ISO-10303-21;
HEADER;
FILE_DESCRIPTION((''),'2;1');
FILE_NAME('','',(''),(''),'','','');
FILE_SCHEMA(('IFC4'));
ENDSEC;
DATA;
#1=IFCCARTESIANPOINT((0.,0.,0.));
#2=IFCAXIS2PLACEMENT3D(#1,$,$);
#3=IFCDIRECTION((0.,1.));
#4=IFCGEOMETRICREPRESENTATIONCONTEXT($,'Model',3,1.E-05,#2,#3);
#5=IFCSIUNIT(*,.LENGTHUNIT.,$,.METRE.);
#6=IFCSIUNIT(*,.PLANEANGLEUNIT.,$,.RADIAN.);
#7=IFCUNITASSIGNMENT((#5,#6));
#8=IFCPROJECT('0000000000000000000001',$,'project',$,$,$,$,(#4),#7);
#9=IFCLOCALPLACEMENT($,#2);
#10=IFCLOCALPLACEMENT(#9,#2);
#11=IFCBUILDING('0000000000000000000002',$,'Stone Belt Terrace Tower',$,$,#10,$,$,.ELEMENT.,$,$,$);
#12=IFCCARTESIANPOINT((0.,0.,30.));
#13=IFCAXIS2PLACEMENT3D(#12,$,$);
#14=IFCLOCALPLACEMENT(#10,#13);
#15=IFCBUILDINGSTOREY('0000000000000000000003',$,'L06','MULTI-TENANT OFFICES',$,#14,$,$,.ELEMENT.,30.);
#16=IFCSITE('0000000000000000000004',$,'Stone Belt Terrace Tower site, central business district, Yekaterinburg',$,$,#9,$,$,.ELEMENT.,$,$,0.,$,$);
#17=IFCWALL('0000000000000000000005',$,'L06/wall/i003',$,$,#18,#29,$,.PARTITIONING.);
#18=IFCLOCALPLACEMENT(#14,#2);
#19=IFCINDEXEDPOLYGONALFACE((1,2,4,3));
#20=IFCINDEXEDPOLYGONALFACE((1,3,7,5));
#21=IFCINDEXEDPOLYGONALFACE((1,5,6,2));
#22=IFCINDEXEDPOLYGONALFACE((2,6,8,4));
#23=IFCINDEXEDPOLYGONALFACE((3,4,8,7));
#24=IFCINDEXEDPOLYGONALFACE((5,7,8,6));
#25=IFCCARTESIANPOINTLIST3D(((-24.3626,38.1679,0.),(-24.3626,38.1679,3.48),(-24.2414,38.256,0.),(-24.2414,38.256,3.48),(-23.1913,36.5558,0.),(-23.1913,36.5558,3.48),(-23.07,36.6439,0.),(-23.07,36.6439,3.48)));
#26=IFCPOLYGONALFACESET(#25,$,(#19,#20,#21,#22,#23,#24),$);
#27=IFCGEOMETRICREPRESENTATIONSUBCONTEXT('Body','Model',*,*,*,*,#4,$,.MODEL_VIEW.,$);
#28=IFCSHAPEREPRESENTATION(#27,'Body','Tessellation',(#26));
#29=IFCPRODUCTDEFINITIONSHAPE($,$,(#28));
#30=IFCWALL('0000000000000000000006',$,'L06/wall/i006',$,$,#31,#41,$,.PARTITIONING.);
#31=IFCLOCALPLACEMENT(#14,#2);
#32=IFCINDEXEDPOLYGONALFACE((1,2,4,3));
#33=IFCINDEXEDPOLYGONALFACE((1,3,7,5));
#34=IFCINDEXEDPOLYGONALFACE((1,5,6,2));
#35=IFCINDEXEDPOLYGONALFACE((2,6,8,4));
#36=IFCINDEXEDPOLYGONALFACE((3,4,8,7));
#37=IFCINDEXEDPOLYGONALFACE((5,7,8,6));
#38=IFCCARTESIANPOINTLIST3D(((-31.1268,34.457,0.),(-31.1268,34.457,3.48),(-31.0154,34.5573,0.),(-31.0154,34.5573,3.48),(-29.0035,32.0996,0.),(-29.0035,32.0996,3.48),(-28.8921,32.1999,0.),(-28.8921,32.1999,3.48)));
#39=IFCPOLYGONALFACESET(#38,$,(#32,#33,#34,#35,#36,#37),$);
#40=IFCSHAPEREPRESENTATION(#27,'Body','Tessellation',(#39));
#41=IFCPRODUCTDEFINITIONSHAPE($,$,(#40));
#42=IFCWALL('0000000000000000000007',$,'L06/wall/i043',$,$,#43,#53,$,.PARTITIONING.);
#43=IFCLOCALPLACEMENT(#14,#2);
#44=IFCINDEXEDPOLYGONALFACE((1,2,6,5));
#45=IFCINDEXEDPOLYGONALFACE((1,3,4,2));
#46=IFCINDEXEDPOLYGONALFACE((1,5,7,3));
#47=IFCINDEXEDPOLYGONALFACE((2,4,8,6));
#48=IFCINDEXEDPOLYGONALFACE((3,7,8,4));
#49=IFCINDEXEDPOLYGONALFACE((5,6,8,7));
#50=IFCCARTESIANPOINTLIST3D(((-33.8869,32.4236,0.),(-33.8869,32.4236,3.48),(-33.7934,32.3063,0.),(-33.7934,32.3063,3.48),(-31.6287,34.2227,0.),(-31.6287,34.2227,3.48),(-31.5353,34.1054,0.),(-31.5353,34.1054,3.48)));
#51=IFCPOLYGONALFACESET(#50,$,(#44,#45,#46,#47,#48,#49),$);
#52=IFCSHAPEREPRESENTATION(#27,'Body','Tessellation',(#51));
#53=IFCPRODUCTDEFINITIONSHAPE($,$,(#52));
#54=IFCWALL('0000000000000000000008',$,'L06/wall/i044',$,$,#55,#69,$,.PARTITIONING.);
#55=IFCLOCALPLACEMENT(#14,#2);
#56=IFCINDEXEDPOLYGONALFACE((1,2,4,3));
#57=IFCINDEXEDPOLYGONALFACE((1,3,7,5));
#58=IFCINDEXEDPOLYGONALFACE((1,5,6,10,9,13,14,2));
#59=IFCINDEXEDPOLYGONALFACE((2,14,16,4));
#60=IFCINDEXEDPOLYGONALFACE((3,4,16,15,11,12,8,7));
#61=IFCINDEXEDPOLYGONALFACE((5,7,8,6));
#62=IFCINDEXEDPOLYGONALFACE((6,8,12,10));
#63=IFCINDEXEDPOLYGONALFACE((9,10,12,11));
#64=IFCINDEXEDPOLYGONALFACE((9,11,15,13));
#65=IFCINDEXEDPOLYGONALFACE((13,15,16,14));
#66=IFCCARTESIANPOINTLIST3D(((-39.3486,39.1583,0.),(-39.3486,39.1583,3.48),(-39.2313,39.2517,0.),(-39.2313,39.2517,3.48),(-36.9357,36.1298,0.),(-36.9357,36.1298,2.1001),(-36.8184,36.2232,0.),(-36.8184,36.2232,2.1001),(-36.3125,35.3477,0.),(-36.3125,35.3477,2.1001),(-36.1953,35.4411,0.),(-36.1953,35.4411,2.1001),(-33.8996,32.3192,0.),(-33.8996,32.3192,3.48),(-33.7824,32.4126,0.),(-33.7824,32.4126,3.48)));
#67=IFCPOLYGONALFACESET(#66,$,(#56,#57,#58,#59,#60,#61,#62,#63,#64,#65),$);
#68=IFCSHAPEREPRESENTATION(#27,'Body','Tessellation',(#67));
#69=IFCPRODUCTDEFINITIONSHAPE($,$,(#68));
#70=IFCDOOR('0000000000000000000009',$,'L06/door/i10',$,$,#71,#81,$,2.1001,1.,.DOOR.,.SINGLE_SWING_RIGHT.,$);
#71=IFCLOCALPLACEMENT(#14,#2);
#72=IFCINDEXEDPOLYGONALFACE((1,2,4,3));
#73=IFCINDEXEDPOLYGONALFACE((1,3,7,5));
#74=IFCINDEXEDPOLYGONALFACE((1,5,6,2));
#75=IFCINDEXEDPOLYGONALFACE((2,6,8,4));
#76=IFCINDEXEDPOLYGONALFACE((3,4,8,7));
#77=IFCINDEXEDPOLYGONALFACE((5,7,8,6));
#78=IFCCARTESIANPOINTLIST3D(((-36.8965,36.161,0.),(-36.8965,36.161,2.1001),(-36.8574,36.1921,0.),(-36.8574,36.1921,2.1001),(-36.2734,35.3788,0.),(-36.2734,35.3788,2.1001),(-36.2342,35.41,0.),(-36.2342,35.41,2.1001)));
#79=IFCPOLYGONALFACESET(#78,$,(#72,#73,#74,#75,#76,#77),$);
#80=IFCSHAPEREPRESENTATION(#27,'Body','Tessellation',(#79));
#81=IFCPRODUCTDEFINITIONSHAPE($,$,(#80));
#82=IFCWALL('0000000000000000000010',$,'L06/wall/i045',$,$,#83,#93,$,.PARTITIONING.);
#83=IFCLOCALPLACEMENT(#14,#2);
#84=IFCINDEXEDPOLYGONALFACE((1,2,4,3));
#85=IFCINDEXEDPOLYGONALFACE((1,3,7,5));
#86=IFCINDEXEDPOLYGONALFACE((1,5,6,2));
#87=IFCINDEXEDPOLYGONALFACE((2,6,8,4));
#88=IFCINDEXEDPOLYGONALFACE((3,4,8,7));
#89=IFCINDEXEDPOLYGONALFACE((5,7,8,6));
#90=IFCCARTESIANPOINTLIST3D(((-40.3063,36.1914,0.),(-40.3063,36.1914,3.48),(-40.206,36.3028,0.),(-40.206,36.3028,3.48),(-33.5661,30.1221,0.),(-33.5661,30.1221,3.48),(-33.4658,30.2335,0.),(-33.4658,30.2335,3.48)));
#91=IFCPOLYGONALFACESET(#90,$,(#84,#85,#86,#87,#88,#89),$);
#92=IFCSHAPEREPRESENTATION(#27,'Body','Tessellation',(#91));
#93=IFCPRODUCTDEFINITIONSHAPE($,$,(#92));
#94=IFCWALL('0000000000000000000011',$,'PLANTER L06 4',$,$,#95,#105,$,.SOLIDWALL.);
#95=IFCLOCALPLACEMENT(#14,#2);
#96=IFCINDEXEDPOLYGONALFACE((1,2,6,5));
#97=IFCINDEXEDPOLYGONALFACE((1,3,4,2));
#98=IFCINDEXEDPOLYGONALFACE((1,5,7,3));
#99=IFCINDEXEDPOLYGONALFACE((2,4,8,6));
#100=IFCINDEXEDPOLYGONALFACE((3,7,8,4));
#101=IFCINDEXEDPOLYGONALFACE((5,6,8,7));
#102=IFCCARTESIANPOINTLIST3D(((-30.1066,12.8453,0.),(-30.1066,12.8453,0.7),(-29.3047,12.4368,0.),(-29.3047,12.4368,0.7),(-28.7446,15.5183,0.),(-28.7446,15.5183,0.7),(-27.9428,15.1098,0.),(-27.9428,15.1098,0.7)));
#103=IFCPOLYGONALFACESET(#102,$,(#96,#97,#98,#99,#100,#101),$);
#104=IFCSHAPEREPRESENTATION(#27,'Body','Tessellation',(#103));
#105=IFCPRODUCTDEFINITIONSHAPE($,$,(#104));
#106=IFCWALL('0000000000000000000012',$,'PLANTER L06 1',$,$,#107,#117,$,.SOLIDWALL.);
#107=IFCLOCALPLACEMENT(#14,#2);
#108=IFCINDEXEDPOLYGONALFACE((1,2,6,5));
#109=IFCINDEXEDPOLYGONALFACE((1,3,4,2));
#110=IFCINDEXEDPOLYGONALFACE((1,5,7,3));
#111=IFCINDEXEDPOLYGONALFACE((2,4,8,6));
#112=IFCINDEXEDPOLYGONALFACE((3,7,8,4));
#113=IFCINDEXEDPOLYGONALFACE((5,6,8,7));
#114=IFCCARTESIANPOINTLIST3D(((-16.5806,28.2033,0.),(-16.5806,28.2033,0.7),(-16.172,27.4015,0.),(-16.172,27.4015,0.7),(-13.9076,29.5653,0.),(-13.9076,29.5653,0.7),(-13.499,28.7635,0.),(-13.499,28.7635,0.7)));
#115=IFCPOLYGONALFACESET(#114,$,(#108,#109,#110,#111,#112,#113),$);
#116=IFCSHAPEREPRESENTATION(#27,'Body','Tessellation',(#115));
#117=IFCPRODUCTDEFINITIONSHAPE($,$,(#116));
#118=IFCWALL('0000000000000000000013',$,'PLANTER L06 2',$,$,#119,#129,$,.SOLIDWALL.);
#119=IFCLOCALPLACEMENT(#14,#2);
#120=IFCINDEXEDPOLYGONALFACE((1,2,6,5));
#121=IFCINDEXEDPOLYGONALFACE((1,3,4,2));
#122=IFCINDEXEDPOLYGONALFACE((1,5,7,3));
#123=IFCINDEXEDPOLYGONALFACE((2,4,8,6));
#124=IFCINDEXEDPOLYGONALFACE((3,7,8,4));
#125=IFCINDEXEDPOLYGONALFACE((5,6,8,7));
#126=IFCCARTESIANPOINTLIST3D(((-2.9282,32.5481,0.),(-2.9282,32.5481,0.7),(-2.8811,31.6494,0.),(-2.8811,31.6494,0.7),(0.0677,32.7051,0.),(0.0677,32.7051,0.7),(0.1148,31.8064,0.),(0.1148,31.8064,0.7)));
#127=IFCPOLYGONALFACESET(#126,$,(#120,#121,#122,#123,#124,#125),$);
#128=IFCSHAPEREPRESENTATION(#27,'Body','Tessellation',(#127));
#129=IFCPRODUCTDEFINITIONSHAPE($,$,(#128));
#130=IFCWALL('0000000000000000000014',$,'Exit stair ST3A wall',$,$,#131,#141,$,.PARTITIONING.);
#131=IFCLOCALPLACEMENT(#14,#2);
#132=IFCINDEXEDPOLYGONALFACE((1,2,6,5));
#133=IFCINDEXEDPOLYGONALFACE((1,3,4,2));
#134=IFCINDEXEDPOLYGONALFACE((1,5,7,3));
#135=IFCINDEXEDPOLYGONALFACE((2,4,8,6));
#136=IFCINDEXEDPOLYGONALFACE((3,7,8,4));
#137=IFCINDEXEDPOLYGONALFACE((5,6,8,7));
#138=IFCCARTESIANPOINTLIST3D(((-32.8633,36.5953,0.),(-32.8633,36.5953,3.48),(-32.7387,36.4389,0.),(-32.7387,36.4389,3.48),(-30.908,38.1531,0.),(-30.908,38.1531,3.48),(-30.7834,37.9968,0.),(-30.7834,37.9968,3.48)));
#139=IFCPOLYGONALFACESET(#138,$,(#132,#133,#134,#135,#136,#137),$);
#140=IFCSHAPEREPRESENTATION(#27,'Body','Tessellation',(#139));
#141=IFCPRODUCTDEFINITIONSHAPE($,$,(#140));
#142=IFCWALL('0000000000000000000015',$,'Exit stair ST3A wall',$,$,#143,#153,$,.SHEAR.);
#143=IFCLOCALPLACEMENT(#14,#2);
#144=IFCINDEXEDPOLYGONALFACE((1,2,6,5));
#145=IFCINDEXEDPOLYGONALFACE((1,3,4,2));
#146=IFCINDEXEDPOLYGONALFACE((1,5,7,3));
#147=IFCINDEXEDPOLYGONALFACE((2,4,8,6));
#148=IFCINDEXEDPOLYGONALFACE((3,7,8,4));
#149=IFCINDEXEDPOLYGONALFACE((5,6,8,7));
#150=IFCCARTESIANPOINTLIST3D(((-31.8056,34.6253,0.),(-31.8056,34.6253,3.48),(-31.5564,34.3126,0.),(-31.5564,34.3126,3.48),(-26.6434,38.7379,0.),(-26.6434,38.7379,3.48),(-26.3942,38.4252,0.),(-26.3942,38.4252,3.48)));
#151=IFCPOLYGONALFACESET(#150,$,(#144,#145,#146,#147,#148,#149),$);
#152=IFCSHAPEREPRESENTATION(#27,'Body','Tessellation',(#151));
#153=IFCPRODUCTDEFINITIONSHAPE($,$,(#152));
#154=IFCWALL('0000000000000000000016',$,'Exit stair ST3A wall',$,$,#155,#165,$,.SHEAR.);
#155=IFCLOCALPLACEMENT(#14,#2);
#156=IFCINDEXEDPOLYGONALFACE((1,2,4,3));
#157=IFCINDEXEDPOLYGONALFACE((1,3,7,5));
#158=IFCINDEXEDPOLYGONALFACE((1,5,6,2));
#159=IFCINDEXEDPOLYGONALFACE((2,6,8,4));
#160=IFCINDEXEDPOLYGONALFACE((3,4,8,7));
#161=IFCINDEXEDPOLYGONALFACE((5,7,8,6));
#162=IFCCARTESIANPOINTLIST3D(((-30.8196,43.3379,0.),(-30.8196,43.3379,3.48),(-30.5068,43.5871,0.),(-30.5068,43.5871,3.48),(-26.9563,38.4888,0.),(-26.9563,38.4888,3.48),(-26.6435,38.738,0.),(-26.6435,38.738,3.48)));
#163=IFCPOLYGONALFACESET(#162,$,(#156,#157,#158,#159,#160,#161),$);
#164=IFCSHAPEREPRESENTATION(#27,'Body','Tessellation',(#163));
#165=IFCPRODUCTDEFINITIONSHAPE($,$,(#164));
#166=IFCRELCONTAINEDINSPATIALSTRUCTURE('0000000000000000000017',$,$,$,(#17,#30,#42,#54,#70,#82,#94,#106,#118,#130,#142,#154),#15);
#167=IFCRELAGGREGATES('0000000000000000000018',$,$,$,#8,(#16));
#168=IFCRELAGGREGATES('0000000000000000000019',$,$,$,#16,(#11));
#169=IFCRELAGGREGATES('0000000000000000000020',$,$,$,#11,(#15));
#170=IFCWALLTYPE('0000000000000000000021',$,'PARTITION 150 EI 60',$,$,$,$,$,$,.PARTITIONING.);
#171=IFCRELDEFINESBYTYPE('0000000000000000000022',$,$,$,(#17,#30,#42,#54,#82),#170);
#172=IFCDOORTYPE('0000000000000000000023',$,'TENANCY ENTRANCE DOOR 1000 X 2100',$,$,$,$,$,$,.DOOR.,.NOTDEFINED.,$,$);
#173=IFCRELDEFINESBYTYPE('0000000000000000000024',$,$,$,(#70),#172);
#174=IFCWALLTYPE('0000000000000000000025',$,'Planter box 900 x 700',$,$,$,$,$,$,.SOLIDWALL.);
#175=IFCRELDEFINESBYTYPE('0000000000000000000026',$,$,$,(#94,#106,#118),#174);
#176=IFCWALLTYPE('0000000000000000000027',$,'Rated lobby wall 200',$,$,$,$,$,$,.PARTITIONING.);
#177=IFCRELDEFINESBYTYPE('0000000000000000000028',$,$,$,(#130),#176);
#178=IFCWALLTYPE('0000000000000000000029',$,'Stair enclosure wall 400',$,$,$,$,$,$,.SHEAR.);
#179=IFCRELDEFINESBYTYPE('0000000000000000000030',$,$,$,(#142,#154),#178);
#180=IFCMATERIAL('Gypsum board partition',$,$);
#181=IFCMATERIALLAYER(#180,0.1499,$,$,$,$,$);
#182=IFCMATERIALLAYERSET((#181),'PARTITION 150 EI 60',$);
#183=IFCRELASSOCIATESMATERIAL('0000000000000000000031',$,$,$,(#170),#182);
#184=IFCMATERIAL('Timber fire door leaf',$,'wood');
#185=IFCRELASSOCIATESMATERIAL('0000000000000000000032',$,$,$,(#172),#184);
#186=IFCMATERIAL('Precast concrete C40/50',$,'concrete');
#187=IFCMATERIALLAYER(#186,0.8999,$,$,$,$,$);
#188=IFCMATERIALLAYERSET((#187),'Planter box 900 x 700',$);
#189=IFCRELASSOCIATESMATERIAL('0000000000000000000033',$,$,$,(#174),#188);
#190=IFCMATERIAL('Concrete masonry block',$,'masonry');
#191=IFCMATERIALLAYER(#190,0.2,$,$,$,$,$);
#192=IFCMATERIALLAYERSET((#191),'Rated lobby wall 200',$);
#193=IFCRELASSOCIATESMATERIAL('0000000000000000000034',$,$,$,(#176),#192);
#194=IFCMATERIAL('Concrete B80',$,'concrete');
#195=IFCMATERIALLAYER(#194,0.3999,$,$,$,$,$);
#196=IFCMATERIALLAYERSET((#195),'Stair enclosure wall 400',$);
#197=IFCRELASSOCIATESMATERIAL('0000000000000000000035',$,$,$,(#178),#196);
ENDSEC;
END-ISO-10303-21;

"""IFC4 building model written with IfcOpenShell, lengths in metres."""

from ifc_helpers import new_model, si_unit, direction, frame, frame_2d, origin, origin_2d, place, context, subcontext, project, spatial, rectangle, extrude, material, layer, layer_set, type_object, element, fill, save


model = new_model("IFC4")

# Units and contexts
model_context = context("Model", 3, precision=1e-05, world=origin(), true_north=direction((0.0, 1.0)))
body_context = subcontext(model_context, "Body", "Model", "MODEL_VIEW")
ifc_project = project(units=[si_unit("LENGTHUNIT", "METRE"), si_unit("PLANEANGLEUNIT", "RADIAN")], contexts=[model_context])

# Site, building, storey
site_placement = place(None, origin())
site = spatial("IfcSite", under=ifc_project, at=site_placement, Name="Stone Belt Terrace Tower site, central business district, Yekaterinburg", CompositionType="ELEMENT", RefElevation=0.0)
building_placement = place(site_placement, origin())
building = spatial("IfcBuilding", under=site, at=building_placement, Name="Stone Belt Terrace Tower", CompositionType="ELEMENT")
storey_placement = place(building_placement, frame((0.0, 0.0, 30.0)))
storey = spatial("IfcBuildingStorey", under=building, at=storey_placement, Name="L06", Description="MULTI-TENANT OFFICES", CompositionType="ELEMENT", Elevation=30.0)

# Shared definitions
ifc_material_1 = material(Name="Concrete B80", Category="concrete")

# Walls
ifc_material_2 = material(Name="Gypsum board partition")
ifc_layer_1 = layer(ifc_material_2, 0.1499)
ifc_layer_set_1 = layer_set([ifc_layer_1], Name="PARTITION 150 EI 60")
wall_type_1 = type_object("IfcWallType", Name="PARTITION 150 EI 60", PredefinedType="PARTITIONING", material=ifc_layer_set_1)
wall_1_placement = place(storey_placement, frame((-24.302, 38.2119, 0.0), z_axis=(0.0, 0.0, 1.0), x_axis=(0.587837, -0.80898, 0.0)))
element("IfcWall", 1, at=wall_1_placement, inside=storey, type_object=wall_type_1, Name="L06/wall/i003", PredefinedType="PARTITIONING", context=body_context, shape_type="SweptSolid", body=[
    extrude(rectangle(XDim=1.9927, YDim=0.1499, at=frame_2d((0.9963, 0.0))), origin(), (0.0, 0.0, 1.0), 3.48),
])
wall_2_placement = place(storey_placement, frame((-28.9478, 32.1497, 0.0), z_axis=(0.0, 0.0, 1.0), x_axis=(-0.669245, 0.743042, 0.0)))
element("IfcWall", 2, at=wall_2_placement, inside=storey, type_object=wall_type_1, Name="L06/wall/i006", PredefinedType="PARTITIONING", context=body_context, shape_type="SweptSolid", body=[
    extrude(rectangle(XDim=3.1726, YDim=0.1499, at=frame_2d((1.5864, 0.0))), origin(), (0.0, 0.0, 1.0), 3.48),
])
wall_3_placement = place(storey_placement, frame((-31.582, 34.1641, 0.0), z_axis=(0.0, 0.0, 1.0), x_axis=(-0.782113, -0.623137, 0.0)))
element("IfcWall", 3, at=wall_3_placement, inside=storey, type_object=wall_type_1, Name="L06/wall/i043", PredefinedType="PARTITIONING", context=body_context, shape_type="SweptSolid", body=[
    extrude(rectangle(XDim=2.8872, YDim=0.1499, at=frame_2d((1.4436, 0.0))), origin(), (0.0, 0.0, 1.0), 3.48),
])

# Wall, opening, door
wall_4_placement = place(storey_placement, frame((-33.8411, 32.366, 0.0), z_axis=(0.0, 0.0, 1.0), x_axis=(-0.623138, 0.782112, 0.0)))
wall_4 = element("IfcWall", 4, at=wall_4_placement, inside=storey, type_object=wall_type_1, Name="L06/wall/i044", PredefinedType="PARTITIONING", context=body_context, shape_type="SweptSolid", body=[
    extrude(rectangle(XDim=8.7444, YDim=0.1499, at=frame_2d((4.3721, 0.0))), origin(), (0.0, 0.0, 1.0), 3.48),
])
opening_1_placement = place(wall_4_placement, frame((3.8721, 0.0, 0.0)))
opening_1 = element("IfcOpeningElement", 5, at=opening_1_placement, cuts=wall_4, PredefinedType="OPENING", context=body_context, shape_type="SweptSolid", body=[
    extrude(rectangle(XDim=1.0, YDim=2.1001, at=frame_2d((0.5, 1.05))), frame((0.0, 0.085, 0.0), z_axis=(0.0, -1.0, 0.0), x_axis=(1.0, 0.0, 0.0)), (0.0, 0.0, 1.0), 0.1699),
])
ifc_material_3 = material(Name="Timber fire door leaf", Category="wood")
door_type_1 = type_object("IfcDoorType", Name="TENANCY ENTRANCE DOOR 1000 X 2100", OperationType="NOTDEFINED", PredefinedType="DOOR", material=ifc_material_3)
door_1_placement = place(opening_1_placement, origin())
door_1 = element("IfcDoor", 6, at=door_1_placement, inside=storey, type_object=door_type_1, Name="L06/door/i10", OperationType="SINGLE_SWING_RIGHT", OverallHeight=2.1001, OverallWidth=1.0, PredefinedType="DOOR", context=body_context, shape_type="SweptSolid", body=[
    extrude(rectangle(XDim=1.0, YDim=2.1001, at=frame_2d((0.5, 1.05))), frame((0.0, 0.0249, 0.0), z_axis=(0.0, -1.0, 0.0), x_axis=(1.0, 0.0, 0.0)), (0.0, 0.0, 1.0), 0.05),
])
fill(opening_1, door_1)

# Walls
wall_5_placement = place(storey_placement, frame((-33.5159, 30.1777, 0.0), z_axis=(0.0, 0.0, 1.0), x_axis=(-0.743123, 0.669155, 0.0)))
element("IfcWall", 7, at=wall_5_placement, inside=storey, type_object=wall_type_1, Name="L06/wall/i045", PredefinedType="PARTITIONING", context=body_context, shape_type="SweptSolid", body=[
    extrude(rectangle(XDim=9.0701, YDim=0.1499, at=frame_2d((4.5352, 0.0))), origin(), (0.0, 0.0, 1.0), 3.48),
])
ifc_material_4 = material(Name="Precast concrete C40/50", Category="concrete")
ifc_layer_2 = layer(ifc_material_4, 0.8999)
ifc_layer_set_2 = layer_set([ifc_layer_2], Name="Planter box 900 x 700")
wall_type_2 = type_object("IfcWallType", Name="Planter box 900 x 700", PredefinedType="SOLIDWALL", material=ifc_layer_set_2)
for number, where, z_axis, x_axis, name in (
    (8, (-29.0247, 13.9775, 0.0), (0.0, 0.0, 1.0), (0.45399, 0.891007, 0.0), "PLANTER L06 4"),
    (9, (-15.0398, 28.4834, 0.0), (0.0, 0.0, 1.0), (0.891007, 0.45399, 0.0), "PLANTER L06 1"),
    (10, (-1.4067, 32.1772, 0.0), (0.0, 0.0, 1.0), (0.99863, 0.052336, 0.0), "PLANTER L06 2"),
):
    element("IfcWall", number, at=place(storey_placement, frame(where, z_axis=z_axis, x_axis=x_axis)), inside=storey, type_object=wall_type_2, Name=name, PredefinedType="SOLIDWALL", context=body_context, shape_type="SweptSolid", body=[
        extrude(rectangle(XDim=3.0, YDim=0.8999, at=origin_2d()), origin(), (0.0, 0.0, 1.0), 0.7),
    ])
ifc_material_5 = material(Name="Concrete masonry block", Category="masonry")
ifc_layer_3 = layer(ifc_material_5, 0.2)
ifc_layer_set_3 = layer_set([ifc_layer_3], Name="Rated lobby wall 200")
wall_type_3 = type_object("IfcWallType", Name="Rated lobby wall 200", PredefinedType="PARTITIONING", material=ifc_layer_set_3)
wall_6_placement = place(storey_placement, frame((-30.8457, 38.075, 0.0), z_axis=(0.0, 0.0, 1.0), x_axis=(-0.782115, -0.623134, 0.0)))
element("IfcWall", 11, at=wall_6_placement, inside=storey, type_object=wall_type_3, Name="Exit stair ST3A wall", PredefinedType="PARTITIONING", context=body_context, shape_type="SweptSolid", body=[
    extrude(rectangle(XDim=2.5, YDim=0.2, at=frame_2d((1.25, 0.0))), origin(), (0.0, 0.0, 1.0), 3.48),
])
ifc_layer_4 = layer(ifc_material_1, 0.3999)
ifc_layer_set_4 = layer_set([ifc_layer_4], Name="Stair enclosure wall 400")
wall_type_4 = type_object("IfcWallType", Name="Stair enclosure wall 400", PredefinedType="SHEAR", material=ifc_layer_set_4)
wall_7_placement = place(storey_placement, frame((-26.5188, 38.5815, 0.0), z_axis=(0.0, 0.0, 1.0), x_axis=(-0.782134, -0.62311, 0.0)))
element("IfcWall", 12, at=wall_7_placement, inside=storey, type_object=wall_type_4, Name="Exit stair ST3A wall", PredefinedType="SHEAR", context=body_context, shape_type="SweptSolid", body=[
    extrude(rectangle(XDim=6.6001, YDim=0.3999, at=frame_2d((3.3, 0.0))), origin(), (0.0, 0.0, 1.0), 3.48),
])
wall_8_placement = place(storey_placement, frame((-26.7998, 38.6133, 0.0), z_axis=(0.0, 0.0, 1.0), x_axis=(-0.623119, 0.782127, 0.0)))
element("IfcWall", 13, at=wall_8_placement, inside=storey, type_object=wall_type_4, Name="Exit stair ST3A wall", PredefinedType="SHEAR", context=body_context, shape_type="SweptSolid", body=[
    extrude(rectangle(XDim=6.2, YDim=0.3999, at=frame_2d((3.1001, 0.0))), origin(), (0.0, 0.0, 1.0), 3.48),
])

save(model, "model.ifc")
